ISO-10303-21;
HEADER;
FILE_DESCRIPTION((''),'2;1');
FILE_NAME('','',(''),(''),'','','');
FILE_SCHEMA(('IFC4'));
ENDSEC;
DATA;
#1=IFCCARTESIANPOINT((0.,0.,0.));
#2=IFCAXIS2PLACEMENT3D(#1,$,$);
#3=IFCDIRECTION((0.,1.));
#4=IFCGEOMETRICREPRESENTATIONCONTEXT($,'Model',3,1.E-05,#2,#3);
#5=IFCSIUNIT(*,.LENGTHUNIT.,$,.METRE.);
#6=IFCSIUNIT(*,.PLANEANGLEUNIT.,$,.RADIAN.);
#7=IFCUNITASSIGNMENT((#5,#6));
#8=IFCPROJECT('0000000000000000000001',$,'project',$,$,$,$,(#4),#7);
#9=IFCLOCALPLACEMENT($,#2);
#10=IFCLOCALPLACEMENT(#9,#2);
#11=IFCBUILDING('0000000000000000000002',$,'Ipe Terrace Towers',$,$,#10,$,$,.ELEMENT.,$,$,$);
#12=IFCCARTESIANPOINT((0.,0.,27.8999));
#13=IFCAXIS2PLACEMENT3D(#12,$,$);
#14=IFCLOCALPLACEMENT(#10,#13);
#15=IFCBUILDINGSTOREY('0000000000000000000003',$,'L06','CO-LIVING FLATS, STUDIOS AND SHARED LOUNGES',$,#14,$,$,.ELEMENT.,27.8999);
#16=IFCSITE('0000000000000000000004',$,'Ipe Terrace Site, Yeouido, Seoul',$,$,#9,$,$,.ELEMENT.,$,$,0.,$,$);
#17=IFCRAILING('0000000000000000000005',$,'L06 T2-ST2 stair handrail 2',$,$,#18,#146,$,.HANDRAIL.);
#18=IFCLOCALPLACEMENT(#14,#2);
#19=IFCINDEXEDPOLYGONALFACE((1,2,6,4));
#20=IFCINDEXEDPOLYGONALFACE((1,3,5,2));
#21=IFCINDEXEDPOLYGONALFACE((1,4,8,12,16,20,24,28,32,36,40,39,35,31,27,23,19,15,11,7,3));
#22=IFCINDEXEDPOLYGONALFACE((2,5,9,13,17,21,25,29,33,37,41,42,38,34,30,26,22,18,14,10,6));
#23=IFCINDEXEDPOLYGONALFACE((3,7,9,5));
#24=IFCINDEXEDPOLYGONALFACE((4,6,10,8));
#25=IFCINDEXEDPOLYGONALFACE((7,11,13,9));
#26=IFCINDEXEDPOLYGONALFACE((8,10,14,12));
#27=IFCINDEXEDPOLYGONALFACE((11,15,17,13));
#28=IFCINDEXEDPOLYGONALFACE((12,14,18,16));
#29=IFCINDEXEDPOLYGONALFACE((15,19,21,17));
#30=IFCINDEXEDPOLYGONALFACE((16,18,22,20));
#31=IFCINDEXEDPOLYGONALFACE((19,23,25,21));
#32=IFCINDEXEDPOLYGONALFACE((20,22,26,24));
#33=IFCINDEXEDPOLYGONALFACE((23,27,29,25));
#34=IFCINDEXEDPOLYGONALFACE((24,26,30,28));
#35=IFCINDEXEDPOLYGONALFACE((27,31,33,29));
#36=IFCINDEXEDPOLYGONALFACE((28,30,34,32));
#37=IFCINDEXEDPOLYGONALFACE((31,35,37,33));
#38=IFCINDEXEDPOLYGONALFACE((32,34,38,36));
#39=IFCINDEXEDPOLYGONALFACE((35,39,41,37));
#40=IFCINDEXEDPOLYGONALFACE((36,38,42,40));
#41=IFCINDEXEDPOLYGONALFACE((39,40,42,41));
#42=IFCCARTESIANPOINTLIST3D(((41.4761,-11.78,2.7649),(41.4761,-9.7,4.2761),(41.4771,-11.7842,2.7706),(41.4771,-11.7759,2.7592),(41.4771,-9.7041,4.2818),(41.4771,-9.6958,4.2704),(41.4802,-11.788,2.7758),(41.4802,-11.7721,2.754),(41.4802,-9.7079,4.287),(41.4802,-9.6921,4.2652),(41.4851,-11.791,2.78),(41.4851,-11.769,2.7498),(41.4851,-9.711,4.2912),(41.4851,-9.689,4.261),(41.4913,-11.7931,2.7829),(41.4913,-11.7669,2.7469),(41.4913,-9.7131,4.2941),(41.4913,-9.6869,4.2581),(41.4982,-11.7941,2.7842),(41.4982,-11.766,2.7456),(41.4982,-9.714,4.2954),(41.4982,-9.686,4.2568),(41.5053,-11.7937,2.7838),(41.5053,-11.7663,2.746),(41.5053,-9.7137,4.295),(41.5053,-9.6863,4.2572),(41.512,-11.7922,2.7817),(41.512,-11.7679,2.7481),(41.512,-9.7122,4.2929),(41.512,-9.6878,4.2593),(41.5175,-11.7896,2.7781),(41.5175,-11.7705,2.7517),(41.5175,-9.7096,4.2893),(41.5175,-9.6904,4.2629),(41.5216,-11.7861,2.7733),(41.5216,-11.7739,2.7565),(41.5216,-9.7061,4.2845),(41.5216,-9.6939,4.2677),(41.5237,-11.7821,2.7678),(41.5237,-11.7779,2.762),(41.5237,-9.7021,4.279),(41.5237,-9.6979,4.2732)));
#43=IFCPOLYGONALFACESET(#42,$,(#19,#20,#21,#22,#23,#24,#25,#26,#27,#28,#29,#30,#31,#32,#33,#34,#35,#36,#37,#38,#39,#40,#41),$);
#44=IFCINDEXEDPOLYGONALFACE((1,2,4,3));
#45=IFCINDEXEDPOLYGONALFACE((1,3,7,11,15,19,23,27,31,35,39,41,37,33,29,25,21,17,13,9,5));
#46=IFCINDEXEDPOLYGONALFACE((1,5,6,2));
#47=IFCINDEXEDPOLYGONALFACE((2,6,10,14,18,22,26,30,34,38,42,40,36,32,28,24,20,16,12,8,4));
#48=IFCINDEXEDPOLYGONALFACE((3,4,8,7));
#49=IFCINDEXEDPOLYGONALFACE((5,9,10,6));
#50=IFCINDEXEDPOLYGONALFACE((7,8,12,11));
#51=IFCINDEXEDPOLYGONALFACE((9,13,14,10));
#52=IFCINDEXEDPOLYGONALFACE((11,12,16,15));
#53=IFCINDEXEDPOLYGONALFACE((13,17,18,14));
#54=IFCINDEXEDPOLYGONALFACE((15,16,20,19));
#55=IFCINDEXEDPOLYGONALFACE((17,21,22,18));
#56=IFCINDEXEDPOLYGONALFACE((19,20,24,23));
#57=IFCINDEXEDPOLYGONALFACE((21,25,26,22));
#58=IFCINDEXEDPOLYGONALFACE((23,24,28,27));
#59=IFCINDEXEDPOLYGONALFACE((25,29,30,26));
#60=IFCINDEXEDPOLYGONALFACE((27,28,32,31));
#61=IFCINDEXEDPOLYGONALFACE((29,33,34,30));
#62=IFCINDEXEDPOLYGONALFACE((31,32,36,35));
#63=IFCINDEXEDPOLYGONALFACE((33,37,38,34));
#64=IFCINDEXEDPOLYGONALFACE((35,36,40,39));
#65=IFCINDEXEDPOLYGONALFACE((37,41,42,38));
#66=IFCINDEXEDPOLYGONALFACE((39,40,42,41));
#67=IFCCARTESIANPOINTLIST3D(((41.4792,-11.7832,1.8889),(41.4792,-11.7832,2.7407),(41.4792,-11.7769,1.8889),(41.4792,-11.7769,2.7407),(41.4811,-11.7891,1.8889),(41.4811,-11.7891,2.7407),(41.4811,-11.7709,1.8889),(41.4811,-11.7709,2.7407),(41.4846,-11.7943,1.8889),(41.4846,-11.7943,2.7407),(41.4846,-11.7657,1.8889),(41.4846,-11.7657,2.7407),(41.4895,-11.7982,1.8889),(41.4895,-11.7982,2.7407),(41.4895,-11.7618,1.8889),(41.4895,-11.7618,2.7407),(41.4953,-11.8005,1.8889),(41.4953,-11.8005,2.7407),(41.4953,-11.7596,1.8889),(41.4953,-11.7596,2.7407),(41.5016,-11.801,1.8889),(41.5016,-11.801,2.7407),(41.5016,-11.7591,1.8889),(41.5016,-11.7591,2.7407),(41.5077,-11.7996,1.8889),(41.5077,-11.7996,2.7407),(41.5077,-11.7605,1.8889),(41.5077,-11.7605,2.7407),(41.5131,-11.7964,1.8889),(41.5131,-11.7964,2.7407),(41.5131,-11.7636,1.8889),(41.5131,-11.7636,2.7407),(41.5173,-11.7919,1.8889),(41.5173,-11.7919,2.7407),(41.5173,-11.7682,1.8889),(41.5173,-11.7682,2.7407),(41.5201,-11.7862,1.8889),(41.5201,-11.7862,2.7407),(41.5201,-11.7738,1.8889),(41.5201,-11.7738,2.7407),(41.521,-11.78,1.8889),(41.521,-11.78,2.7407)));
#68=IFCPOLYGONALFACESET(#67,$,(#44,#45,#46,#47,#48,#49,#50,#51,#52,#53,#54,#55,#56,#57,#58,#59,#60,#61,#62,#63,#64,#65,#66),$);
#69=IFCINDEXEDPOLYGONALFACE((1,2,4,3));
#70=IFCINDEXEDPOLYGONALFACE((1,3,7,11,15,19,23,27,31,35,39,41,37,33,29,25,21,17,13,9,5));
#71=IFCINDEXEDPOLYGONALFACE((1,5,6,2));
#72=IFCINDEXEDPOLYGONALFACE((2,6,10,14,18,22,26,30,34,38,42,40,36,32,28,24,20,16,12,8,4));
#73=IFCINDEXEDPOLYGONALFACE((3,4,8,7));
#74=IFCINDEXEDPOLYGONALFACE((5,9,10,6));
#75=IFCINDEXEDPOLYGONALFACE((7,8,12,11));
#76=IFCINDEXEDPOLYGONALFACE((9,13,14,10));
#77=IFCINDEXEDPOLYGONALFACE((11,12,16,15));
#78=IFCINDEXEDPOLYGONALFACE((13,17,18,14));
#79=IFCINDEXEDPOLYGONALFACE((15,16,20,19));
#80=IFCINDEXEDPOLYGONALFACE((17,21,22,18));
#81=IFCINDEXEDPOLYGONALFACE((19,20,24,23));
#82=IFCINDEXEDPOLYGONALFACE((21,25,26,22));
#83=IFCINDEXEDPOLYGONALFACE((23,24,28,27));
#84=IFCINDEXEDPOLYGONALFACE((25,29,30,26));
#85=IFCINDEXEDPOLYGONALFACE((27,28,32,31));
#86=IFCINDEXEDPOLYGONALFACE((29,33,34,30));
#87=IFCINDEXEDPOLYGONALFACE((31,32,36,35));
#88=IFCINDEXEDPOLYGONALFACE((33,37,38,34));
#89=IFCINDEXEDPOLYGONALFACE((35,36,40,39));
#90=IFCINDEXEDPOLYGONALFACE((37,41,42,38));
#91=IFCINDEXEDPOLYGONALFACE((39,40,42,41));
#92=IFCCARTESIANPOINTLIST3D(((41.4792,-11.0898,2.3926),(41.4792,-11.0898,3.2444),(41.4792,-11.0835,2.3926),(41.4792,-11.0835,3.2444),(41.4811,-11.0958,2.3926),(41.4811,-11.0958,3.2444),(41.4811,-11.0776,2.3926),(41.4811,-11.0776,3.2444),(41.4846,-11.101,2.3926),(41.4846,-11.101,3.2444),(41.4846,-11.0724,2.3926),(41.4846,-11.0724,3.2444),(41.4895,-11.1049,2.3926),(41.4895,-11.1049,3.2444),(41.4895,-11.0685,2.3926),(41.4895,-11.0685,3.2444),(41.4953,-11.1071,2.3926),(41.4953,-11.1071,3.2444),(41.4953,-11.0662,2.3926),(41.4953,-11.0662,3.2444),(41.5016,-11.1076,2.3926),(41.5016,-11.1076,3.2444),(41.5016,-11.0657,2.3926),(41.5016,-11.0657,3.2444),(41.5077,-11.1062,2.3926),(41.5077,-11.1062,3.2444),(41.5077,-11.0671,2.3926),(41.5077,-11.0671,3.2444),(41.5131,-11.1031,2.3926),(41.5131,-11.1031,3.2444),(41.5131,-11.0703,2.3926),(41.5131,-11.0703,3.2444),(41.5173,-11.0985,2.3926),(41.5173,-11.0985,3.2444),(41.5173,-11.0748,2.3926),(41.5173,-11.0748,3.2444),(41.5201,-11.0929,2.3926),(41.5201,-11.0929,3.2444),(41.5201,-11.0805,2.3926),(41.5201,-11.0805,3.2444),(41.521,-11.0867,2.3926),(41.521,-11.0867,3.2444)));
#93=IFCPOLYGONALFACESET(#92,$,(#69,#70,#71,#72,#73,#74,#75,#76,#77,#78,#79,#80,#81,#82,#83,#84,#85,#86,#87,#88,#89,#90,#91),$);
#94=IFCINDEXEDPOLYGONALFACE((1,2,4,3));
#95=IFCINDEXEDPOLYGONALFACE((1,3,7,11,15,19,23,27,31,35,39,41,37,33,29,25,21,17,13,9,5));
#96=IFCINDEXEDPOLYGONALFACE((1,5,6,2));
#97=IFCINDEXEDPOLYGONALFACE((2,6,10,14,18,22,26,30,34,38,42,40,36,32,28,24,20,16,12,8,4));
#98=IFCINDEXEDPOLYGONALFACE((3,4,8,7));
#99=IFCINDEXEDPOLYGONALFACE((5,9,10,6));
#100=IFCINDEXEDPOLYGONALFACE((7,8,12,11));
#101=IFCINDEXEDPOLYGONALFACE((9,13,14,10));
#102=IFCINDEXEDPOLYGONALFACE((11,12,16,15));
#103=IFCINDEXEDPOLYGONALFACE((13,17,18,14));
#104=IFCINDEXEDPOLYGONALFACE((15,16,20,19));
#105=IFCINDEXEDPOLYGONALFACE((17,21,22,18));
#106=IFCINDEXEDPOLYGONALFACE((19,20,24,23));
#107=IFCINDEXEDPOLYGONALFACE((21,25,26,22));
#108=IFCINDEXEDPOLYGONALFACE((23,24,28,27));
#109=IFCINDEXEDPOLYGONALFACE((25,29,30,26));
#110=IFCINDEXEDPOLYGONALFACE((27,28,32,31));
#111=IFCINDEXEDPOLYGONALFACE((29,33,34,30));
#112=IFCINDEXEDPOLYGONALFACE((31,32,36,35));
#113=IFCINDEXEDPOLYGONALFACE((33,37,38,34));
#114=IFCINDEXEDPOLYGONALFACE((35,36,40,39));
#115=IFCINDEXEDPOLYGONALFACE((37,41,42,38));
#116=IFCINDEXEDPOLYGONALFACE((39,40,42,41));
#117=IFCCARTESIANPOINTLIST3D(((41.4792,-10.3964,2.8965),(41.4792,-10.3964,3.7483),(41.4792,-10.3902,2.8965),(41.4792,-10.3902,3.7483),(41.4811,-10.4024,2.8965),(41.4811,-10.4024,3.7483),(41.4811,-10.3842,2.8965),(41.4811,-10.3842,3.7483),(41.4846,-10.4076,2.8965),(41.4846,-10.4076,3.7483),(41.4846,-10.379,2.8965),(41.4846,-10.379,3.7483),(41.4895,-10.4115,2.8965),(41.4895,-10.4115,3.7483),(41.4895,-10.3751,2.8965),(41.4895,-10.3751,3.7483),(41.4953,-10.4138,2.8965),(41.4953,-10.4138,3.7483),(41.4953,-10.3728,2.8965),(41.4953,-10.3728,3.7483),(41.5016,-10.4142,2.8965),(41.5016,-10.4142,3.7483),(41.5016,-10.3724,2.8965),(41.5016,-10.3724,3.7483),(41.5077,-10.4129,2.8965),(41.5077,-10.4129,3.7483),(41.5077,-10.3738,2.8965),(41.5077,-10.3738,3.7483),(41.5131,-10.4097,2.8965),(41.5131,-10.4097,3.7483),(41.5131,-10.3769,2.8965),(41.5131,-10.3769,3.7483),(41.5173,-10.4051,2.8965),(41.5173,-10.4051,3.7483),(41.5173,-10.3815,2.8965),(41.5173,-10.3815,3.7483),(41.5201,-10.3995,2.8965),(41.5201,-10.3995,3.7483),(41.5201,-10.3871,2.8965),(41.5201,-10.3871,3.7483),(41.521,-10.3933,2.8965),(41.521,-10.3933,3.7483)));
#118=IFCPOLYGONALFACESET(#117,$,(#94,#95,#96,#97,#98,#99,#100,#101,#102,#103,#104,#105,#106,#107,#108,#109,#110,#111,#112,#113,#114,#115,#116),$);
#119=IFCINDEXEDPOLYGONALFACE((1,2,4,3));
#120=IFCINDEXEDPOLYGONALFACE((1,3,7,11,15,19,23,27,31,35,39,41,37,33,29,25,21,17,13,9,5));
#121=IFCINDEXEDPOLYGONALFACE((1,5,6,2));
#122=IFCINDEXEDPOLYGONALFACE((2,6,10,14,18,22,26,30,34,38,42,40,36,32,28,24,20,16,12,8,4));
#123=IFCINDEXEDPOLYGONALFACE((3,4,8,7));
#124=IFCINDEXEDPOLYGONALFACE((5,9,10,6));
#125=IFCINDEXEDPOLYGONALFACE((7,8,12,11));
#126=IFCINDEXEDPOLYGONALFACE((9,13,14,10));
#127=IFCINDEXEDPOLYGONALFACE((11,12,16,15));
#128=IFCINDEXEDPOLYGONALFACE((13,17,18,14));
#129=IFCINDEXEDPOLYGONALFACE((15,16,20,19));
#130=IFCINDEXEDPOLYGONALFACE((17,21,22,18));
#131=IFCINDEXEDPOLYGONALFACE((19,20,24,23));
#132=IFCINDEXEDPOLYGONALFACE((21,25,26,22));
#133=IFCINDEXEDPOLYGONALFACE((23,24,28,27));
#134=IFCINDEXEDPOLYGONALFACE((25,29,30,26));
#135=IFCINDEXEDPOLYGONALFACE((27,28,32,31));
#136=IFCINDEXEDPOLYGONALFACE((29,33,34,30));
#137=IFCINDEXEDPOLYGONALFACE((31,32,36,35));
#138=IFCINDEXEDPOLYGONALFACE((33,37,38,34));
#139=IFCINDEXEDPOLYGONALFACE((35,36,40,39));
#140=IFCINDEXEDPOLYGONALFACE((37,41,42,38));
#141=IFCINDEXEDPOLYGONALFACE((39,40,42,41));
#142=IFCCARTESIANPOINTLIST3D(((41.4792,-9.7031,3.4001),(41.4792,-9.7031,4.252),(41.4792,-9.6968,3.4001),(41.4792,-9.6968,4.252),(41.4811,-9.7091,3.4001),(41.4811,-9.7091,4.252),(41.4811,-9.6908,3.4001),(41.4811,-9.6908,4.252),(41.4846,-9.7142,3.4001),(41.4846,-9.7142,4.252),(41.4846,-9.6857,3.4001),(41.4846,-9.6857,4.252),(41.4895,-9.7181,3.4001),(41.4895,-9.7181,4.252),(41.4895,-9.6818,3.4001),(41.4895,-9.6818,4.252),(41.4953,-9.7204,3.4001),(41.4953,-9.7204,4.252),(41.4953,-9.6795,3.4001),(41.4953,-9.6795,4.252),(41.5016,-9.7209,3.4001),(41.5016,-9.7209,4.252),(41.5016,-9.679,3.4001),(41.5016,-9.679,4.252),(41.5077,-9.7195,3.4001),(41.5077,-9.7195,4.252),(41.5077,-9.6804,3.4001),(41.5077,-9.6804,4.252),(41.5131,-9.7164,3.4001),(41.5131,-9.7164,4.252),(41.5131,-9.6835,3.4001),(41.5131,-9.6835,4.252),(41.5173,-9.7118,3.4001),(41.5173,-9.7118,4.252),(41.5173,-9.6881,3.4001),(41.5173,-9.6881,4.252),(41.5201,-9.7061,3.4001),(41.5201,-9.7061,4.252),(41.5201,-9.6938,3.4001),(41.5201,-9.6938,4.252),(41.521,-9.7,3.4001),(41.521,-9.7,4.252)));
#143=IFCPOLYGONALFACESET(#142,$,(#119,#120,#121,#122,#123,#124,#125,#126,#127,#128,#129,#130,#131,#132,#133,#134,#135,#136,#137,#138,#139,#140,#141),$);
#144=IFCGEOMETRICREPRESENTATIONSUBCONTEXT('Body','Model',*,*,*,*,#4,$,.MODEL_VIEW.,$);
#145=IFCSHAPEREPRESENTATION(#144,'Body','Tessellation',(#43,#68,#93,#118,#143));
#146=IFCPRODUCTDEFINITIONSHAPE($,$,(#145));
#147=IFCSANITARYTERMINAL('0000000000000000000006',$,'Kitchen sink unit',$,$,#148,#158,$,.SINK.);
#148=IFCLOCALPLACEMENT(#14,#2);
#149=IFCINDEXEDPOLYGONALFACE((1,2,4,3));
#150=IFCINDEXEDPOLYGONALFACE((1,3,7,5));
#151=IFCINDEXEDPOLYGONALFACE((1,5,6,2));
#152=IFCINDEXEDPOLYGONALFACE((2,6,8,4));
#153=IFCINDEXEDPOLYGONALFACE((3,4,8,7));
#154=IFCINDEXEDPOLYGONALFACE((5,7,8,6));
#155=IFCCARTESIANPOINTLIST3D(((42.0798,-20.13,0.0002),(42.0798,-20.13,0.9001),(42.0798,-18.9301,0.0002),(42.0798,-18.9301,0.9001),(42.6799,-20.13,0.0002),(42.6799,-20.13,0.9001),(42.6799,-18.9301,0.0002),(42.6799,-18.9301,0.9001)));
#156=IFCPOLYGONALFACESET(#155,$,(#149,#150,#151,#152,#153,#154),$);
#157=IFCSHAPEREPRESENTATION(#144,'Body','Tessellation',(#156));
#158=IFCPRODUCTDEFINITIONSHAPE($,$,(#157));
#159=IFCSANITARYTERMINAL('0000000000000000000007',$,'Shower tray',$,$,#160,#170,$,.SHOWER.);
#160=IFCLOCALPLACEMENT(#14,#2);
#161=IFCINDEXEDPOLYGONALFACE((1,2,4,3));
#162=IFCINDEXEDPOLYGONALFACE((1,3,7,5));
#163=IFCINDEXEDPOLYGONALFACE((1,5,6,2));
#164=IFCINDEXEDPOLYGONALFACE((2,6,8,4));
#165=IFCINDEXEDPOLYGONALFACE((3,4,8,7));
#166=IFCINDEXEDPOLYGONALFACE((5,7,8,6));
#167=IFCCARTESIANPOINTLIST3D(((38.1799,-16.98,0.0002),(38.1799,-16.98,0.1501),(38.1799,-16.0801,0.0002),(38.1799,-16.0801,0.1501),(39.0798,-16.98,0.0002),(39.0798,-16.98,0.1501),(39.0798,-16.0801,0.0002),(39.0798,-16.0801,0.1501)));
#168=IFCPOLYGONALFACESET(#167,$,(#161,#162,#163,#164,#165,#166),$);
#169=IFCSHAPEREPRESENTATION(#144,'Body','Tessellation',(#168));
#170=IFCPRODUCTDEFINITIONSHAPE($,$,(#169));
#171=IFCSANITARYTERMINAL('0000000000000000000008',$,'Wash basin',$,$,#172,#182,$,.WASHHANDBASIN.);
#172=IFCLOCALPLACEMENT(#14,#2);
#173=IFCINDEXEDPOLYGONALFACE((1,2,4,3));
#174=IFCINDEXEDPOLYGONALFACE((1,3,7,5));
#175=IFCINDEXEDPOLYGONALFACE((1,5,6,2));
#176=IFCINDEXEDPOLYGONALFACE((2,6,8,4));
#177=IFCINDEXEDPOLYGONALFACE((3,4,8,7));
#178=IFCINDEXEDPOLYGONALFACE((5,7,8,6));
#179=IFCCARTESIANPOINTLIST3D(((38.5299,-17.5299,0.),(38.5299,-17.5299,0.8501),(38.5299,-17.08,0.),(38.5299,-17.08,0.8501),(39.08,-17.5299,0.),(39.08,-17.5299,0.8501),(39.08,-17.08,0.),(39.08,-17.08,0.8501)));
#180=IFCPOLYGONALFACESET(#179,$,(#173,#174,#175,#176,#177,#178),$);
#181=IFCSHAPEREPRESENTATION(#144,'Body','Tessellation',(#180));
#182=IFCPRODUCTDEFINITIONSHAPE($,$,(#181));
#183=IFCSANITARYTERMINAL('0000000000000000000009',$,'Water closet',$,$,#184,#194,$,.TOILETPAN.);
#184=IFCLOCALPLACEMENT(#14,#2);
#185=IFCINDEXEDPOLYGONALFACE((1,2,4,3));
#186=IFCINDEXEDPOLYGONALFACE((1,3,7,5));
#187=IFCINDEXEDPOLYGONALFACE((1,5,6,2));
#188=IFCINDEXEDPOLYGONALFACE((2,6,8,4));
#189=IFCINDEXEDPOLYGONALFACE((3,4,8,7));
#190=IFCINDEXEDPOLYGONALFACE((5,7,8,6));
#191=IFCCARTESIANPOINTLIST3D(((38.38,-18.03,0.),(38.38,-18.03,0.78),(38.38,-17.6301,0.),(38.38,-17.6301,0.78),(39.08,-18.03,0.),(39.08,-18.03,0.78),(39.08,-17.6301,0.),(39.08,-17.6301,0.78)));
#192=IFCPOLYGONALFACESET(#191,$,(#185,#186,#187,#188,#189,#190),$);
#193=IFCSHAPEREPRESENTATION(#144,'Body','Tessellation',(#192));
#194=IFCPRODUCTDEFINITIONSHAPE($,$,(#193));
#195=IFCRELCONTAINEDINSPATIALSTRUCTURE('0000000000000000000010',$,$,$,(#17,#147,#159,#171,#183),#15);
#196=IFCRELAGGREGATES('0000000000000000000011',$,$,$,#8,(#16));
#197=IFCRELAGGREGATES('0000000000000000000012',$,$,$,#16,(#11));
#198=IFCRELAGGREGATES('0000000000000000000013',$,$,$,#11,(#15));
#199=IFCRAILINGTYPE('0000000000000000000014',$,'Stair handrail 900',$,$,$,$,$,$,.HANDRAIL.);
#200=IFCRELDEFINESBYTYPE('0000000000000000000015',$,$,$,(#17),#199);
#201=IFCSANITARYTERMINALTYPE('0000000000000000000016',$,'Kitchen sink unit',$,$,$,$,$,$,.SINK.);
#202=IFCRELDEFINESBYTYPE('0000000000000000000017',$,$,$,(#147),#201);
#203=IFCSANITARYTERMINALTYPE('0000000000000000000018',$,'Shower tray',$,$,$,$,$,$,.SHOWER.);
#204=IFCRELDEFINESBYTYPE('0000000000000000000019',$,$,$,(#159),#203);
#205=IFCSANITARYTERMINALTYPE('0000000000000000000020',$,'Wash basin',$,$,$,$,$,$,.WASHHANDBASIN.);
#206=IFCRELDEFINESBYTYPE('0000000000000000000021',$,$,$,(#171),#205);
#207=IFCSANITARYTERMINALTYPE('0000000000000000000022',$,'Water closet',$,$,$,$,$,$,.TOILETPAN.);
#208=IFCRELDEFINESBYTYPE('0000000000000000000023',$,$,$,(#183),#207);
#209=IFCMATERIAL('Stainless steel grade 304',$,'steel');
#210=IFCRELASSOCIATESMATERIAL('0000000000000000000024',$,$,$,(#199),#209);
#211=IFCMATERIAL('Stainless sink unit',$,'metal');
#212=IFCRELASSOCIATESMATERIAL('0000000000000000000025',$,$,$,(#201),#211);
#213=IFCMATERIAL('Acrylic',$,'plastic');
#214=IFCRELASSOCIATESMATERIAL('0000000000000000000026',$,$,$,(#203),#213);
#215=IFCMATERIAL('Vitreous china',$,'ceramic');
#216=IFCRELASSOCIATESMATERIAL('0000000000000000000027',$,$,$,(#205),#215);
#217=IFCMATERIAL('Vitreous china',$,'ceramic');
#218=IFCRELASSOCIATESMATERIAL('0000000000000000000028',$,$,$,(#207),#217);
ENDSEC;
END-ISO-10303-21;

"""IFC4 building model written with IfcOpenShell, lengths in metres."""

from ifc_helpers import new_model, si_unit, direction, frame, origin, origin_2d, place, context, subcontext, project, spatial, rectangle, circle, extrude, material, type_object, element, save


model = new_model("IFC4")

# Units and contexts
model_context = context("Model", 3, precision=1e-05, world=origin(), true_north=direction((0.0, 1.0)))
body_context = subcontext(model_context, "Body", "Model", "MODEL_VIEW")
ifc_project = project(units=[si_unit("LENGTHUNIT", "METRE"), si_unit("PLANEANGLEUNIT", "RADIAN")], contexts=[model_context])

# Site, building, storey
site_placement = place(None, origin())
site = spatial("IfcSite", under=ifc_project, at=site_placement, Name="Ipe Terrace Site, Yeouido, Seoul", CompositionType="ELEMENT", RefElevation=0.0)
building_placement = place(site_placement, origin())
building = spatial("IfcBuilding", under=site, at=building_placement, Name="Ipe Terrace Towers", CompositionType="ELEMENT")
storey_placement = place(building_placement, frame((0.0, 0.0, 27.8999)))
storey = spatial("IfcBuildingStorey", under=building, at=storey_placement, Name="L06", Description="CO-LIVING FLATS, STUDIOS AND SHARED LOUNGES", CompositionType="ELEMENT", Elevation=27.8999)

# Railing
ifc_material_1 = material(Name="Stainless steel grade 304", Category="steel")
railing_type_1 = type_object("IfcRailingType", Name="Stair handrail 900", PredefinedType="HANDRAIL", material=ifc_material_1)
railing_1_placement = place(storey_placement, frame((41.5, -11.78, 1.8889)))
element("IfcRailing", 1, at=railing_1_placement, inside=storey, type_object=railing_type_1, Name="L06 T2-ST2 stair handrail 2", PredefinedType="HANDRAIL", context=body_context, shape_type="SweptSolid", body=[
    extrude(circle(Radius=0.0239, at=origin_2d()), frame((0.0, 0.0, 0.876), z_axis=(0.0, 0.809023, 0.587776), x_axis=(-1.0, 0.0, 0.0)), (0.0, 0.0, 1.0), 2.571),
    extrude(circle(Radius=0.021, at=origin_2d()), origin(), (0.0, 0.0, 1.0), 0.8518),
    extrude(circle(Radius=0.021, at=origin_2d()), frame((0.0, 0.6934, 0.5037)), (0.0, 0.0, 1.0), 0.8518),
    extrude(circle(Radius=0.021, at=origin_2d()), frame((0.0, 1.3867, 1.0076)), (0.0, 0.0, 1.0), 0.8518),
    extrude(circle(Radius=0.021, at=origin_2d()), frame((0.0, 2.0801, 1.5112)), (0.0, 0.0, 1.0), 0.8518),
])

# Sanitary terminals
ifc_material_2 = material(Name="Stainless sink unit", Category="metal")
sanitary_terminal_type_1 = type_object("IfcSanitaryTerminalType", Name="Kitchen sink unit", PredefinedType="SINK", material=ifc_material_2)
sanitary_terminal_1_placement = place(storey_placement, frame((42.3799, -19.53, 0.0002), z_axis=(0.0, 0.0, 1.0), x_axis=(0.0, -1.0, 0.0)))
element("IfcSanitaryTerminal", 2, at=sanitary_terminal_1_placement, inside=storey, type_object=sanitary_terminal_type_1, Name="Kitchen sink unit", PredefinedType="SINK", context=body_context, shape_type="SweptSolid", body=[
    extrude(rectangle(XDim=1.2, YDim=0.6001, at=origin_2d()), origin(), (0.0, 0.0, 1.0), 0.8999),
])
ifc_material_3 = material(Name="Acrylic", Category="plastic")
sanitary_terminal_type_2 = type_object("IfcSanitaryTerminalType", Name="Shower tray", PredefinedType="SHOWER", material=ifc_material_3)
sanitary_terminal_2_placement = place(storey_placement, frame((38.6299, -16.53, 0.0002), z_axis=(0.0, 0.0, 1.0), x_axis=(-1.0, 0.0, 0.0)))
element("IfcSanitaryTerminal", 3, at=sanitary_terminal_2_placement, inside=storey, type_object=sanitary_terminal_type_2, Name="Shower tray", PredefinedType="SHOWER", context=body_context, shape_type="SweptSolid", body=[
    extrude(rectangle(XDim=0.8999, YDim=0.8999, at=origin_2d()), origin(), (0.0, 0.0, 1.0), 0.1499),
])
ifc_material_4 = material(Name="Vitreous china", Category="ceramic")
sanitary_terminal_type_3 = type_object("IfcSanitaryTerminalType", Name="Wash basin", PredefinedType="WASHHANDBASIN", material=ifc_material_4)
sanitary_terminal_3_placement = place(storey_placement, frame((38.8049, -17.3049, 0.0), z_axis=(0.0, 0.0, 1.0), x_axis=(-1.0, 0.0, 0.0)))
element("IfcSanitaryTerminal", 4, at=sanitary_terminal_3_placement, inside=storey, type_object=sanitary_terminal_type_3, Name="Wash basin", PredefinedType="WASHHANDBASIN", context=body_context, shape_type="SweptSolid", body=[
    extrude(rectangle(XDim=0.55, YDim=0.45, at=origin_2d()), origin(), (0.0, 0.0, 1.0), 0.8501),
])
ifc_material_5 = material(Name="Vitreous china", Category="ceramic")
sanitary_terminal_type_4 = type_object("IfcSanitaryTerminalType", Name="Water closet", PredefinedType="TOILETPAN", material=ifc_material_5)
sanitary_terminal_4_placement = place(storey_placement, frame((38.73, -17.8301, 0.0), z_axis=(0.0, 0.0, 1.0), x_axis=(-1.0, 0.0, 0.0)))
element("IfcSanitaryTerminal", 5, at=sanitary_terminal_4_placement, inside=storey, type_object=sanitary_terminal_type_4, Name="Water closet", PredefinedType="TOILETPAN", context=body_context, shape_type="SweptSolid", body=[
    extrude(rectangle(XDim=0.7, YDim=0.3999, at=origin_2d()), origin(), (0.0, 0.0, 1.0), 0.78),
])

save(model, "model.ifc")
